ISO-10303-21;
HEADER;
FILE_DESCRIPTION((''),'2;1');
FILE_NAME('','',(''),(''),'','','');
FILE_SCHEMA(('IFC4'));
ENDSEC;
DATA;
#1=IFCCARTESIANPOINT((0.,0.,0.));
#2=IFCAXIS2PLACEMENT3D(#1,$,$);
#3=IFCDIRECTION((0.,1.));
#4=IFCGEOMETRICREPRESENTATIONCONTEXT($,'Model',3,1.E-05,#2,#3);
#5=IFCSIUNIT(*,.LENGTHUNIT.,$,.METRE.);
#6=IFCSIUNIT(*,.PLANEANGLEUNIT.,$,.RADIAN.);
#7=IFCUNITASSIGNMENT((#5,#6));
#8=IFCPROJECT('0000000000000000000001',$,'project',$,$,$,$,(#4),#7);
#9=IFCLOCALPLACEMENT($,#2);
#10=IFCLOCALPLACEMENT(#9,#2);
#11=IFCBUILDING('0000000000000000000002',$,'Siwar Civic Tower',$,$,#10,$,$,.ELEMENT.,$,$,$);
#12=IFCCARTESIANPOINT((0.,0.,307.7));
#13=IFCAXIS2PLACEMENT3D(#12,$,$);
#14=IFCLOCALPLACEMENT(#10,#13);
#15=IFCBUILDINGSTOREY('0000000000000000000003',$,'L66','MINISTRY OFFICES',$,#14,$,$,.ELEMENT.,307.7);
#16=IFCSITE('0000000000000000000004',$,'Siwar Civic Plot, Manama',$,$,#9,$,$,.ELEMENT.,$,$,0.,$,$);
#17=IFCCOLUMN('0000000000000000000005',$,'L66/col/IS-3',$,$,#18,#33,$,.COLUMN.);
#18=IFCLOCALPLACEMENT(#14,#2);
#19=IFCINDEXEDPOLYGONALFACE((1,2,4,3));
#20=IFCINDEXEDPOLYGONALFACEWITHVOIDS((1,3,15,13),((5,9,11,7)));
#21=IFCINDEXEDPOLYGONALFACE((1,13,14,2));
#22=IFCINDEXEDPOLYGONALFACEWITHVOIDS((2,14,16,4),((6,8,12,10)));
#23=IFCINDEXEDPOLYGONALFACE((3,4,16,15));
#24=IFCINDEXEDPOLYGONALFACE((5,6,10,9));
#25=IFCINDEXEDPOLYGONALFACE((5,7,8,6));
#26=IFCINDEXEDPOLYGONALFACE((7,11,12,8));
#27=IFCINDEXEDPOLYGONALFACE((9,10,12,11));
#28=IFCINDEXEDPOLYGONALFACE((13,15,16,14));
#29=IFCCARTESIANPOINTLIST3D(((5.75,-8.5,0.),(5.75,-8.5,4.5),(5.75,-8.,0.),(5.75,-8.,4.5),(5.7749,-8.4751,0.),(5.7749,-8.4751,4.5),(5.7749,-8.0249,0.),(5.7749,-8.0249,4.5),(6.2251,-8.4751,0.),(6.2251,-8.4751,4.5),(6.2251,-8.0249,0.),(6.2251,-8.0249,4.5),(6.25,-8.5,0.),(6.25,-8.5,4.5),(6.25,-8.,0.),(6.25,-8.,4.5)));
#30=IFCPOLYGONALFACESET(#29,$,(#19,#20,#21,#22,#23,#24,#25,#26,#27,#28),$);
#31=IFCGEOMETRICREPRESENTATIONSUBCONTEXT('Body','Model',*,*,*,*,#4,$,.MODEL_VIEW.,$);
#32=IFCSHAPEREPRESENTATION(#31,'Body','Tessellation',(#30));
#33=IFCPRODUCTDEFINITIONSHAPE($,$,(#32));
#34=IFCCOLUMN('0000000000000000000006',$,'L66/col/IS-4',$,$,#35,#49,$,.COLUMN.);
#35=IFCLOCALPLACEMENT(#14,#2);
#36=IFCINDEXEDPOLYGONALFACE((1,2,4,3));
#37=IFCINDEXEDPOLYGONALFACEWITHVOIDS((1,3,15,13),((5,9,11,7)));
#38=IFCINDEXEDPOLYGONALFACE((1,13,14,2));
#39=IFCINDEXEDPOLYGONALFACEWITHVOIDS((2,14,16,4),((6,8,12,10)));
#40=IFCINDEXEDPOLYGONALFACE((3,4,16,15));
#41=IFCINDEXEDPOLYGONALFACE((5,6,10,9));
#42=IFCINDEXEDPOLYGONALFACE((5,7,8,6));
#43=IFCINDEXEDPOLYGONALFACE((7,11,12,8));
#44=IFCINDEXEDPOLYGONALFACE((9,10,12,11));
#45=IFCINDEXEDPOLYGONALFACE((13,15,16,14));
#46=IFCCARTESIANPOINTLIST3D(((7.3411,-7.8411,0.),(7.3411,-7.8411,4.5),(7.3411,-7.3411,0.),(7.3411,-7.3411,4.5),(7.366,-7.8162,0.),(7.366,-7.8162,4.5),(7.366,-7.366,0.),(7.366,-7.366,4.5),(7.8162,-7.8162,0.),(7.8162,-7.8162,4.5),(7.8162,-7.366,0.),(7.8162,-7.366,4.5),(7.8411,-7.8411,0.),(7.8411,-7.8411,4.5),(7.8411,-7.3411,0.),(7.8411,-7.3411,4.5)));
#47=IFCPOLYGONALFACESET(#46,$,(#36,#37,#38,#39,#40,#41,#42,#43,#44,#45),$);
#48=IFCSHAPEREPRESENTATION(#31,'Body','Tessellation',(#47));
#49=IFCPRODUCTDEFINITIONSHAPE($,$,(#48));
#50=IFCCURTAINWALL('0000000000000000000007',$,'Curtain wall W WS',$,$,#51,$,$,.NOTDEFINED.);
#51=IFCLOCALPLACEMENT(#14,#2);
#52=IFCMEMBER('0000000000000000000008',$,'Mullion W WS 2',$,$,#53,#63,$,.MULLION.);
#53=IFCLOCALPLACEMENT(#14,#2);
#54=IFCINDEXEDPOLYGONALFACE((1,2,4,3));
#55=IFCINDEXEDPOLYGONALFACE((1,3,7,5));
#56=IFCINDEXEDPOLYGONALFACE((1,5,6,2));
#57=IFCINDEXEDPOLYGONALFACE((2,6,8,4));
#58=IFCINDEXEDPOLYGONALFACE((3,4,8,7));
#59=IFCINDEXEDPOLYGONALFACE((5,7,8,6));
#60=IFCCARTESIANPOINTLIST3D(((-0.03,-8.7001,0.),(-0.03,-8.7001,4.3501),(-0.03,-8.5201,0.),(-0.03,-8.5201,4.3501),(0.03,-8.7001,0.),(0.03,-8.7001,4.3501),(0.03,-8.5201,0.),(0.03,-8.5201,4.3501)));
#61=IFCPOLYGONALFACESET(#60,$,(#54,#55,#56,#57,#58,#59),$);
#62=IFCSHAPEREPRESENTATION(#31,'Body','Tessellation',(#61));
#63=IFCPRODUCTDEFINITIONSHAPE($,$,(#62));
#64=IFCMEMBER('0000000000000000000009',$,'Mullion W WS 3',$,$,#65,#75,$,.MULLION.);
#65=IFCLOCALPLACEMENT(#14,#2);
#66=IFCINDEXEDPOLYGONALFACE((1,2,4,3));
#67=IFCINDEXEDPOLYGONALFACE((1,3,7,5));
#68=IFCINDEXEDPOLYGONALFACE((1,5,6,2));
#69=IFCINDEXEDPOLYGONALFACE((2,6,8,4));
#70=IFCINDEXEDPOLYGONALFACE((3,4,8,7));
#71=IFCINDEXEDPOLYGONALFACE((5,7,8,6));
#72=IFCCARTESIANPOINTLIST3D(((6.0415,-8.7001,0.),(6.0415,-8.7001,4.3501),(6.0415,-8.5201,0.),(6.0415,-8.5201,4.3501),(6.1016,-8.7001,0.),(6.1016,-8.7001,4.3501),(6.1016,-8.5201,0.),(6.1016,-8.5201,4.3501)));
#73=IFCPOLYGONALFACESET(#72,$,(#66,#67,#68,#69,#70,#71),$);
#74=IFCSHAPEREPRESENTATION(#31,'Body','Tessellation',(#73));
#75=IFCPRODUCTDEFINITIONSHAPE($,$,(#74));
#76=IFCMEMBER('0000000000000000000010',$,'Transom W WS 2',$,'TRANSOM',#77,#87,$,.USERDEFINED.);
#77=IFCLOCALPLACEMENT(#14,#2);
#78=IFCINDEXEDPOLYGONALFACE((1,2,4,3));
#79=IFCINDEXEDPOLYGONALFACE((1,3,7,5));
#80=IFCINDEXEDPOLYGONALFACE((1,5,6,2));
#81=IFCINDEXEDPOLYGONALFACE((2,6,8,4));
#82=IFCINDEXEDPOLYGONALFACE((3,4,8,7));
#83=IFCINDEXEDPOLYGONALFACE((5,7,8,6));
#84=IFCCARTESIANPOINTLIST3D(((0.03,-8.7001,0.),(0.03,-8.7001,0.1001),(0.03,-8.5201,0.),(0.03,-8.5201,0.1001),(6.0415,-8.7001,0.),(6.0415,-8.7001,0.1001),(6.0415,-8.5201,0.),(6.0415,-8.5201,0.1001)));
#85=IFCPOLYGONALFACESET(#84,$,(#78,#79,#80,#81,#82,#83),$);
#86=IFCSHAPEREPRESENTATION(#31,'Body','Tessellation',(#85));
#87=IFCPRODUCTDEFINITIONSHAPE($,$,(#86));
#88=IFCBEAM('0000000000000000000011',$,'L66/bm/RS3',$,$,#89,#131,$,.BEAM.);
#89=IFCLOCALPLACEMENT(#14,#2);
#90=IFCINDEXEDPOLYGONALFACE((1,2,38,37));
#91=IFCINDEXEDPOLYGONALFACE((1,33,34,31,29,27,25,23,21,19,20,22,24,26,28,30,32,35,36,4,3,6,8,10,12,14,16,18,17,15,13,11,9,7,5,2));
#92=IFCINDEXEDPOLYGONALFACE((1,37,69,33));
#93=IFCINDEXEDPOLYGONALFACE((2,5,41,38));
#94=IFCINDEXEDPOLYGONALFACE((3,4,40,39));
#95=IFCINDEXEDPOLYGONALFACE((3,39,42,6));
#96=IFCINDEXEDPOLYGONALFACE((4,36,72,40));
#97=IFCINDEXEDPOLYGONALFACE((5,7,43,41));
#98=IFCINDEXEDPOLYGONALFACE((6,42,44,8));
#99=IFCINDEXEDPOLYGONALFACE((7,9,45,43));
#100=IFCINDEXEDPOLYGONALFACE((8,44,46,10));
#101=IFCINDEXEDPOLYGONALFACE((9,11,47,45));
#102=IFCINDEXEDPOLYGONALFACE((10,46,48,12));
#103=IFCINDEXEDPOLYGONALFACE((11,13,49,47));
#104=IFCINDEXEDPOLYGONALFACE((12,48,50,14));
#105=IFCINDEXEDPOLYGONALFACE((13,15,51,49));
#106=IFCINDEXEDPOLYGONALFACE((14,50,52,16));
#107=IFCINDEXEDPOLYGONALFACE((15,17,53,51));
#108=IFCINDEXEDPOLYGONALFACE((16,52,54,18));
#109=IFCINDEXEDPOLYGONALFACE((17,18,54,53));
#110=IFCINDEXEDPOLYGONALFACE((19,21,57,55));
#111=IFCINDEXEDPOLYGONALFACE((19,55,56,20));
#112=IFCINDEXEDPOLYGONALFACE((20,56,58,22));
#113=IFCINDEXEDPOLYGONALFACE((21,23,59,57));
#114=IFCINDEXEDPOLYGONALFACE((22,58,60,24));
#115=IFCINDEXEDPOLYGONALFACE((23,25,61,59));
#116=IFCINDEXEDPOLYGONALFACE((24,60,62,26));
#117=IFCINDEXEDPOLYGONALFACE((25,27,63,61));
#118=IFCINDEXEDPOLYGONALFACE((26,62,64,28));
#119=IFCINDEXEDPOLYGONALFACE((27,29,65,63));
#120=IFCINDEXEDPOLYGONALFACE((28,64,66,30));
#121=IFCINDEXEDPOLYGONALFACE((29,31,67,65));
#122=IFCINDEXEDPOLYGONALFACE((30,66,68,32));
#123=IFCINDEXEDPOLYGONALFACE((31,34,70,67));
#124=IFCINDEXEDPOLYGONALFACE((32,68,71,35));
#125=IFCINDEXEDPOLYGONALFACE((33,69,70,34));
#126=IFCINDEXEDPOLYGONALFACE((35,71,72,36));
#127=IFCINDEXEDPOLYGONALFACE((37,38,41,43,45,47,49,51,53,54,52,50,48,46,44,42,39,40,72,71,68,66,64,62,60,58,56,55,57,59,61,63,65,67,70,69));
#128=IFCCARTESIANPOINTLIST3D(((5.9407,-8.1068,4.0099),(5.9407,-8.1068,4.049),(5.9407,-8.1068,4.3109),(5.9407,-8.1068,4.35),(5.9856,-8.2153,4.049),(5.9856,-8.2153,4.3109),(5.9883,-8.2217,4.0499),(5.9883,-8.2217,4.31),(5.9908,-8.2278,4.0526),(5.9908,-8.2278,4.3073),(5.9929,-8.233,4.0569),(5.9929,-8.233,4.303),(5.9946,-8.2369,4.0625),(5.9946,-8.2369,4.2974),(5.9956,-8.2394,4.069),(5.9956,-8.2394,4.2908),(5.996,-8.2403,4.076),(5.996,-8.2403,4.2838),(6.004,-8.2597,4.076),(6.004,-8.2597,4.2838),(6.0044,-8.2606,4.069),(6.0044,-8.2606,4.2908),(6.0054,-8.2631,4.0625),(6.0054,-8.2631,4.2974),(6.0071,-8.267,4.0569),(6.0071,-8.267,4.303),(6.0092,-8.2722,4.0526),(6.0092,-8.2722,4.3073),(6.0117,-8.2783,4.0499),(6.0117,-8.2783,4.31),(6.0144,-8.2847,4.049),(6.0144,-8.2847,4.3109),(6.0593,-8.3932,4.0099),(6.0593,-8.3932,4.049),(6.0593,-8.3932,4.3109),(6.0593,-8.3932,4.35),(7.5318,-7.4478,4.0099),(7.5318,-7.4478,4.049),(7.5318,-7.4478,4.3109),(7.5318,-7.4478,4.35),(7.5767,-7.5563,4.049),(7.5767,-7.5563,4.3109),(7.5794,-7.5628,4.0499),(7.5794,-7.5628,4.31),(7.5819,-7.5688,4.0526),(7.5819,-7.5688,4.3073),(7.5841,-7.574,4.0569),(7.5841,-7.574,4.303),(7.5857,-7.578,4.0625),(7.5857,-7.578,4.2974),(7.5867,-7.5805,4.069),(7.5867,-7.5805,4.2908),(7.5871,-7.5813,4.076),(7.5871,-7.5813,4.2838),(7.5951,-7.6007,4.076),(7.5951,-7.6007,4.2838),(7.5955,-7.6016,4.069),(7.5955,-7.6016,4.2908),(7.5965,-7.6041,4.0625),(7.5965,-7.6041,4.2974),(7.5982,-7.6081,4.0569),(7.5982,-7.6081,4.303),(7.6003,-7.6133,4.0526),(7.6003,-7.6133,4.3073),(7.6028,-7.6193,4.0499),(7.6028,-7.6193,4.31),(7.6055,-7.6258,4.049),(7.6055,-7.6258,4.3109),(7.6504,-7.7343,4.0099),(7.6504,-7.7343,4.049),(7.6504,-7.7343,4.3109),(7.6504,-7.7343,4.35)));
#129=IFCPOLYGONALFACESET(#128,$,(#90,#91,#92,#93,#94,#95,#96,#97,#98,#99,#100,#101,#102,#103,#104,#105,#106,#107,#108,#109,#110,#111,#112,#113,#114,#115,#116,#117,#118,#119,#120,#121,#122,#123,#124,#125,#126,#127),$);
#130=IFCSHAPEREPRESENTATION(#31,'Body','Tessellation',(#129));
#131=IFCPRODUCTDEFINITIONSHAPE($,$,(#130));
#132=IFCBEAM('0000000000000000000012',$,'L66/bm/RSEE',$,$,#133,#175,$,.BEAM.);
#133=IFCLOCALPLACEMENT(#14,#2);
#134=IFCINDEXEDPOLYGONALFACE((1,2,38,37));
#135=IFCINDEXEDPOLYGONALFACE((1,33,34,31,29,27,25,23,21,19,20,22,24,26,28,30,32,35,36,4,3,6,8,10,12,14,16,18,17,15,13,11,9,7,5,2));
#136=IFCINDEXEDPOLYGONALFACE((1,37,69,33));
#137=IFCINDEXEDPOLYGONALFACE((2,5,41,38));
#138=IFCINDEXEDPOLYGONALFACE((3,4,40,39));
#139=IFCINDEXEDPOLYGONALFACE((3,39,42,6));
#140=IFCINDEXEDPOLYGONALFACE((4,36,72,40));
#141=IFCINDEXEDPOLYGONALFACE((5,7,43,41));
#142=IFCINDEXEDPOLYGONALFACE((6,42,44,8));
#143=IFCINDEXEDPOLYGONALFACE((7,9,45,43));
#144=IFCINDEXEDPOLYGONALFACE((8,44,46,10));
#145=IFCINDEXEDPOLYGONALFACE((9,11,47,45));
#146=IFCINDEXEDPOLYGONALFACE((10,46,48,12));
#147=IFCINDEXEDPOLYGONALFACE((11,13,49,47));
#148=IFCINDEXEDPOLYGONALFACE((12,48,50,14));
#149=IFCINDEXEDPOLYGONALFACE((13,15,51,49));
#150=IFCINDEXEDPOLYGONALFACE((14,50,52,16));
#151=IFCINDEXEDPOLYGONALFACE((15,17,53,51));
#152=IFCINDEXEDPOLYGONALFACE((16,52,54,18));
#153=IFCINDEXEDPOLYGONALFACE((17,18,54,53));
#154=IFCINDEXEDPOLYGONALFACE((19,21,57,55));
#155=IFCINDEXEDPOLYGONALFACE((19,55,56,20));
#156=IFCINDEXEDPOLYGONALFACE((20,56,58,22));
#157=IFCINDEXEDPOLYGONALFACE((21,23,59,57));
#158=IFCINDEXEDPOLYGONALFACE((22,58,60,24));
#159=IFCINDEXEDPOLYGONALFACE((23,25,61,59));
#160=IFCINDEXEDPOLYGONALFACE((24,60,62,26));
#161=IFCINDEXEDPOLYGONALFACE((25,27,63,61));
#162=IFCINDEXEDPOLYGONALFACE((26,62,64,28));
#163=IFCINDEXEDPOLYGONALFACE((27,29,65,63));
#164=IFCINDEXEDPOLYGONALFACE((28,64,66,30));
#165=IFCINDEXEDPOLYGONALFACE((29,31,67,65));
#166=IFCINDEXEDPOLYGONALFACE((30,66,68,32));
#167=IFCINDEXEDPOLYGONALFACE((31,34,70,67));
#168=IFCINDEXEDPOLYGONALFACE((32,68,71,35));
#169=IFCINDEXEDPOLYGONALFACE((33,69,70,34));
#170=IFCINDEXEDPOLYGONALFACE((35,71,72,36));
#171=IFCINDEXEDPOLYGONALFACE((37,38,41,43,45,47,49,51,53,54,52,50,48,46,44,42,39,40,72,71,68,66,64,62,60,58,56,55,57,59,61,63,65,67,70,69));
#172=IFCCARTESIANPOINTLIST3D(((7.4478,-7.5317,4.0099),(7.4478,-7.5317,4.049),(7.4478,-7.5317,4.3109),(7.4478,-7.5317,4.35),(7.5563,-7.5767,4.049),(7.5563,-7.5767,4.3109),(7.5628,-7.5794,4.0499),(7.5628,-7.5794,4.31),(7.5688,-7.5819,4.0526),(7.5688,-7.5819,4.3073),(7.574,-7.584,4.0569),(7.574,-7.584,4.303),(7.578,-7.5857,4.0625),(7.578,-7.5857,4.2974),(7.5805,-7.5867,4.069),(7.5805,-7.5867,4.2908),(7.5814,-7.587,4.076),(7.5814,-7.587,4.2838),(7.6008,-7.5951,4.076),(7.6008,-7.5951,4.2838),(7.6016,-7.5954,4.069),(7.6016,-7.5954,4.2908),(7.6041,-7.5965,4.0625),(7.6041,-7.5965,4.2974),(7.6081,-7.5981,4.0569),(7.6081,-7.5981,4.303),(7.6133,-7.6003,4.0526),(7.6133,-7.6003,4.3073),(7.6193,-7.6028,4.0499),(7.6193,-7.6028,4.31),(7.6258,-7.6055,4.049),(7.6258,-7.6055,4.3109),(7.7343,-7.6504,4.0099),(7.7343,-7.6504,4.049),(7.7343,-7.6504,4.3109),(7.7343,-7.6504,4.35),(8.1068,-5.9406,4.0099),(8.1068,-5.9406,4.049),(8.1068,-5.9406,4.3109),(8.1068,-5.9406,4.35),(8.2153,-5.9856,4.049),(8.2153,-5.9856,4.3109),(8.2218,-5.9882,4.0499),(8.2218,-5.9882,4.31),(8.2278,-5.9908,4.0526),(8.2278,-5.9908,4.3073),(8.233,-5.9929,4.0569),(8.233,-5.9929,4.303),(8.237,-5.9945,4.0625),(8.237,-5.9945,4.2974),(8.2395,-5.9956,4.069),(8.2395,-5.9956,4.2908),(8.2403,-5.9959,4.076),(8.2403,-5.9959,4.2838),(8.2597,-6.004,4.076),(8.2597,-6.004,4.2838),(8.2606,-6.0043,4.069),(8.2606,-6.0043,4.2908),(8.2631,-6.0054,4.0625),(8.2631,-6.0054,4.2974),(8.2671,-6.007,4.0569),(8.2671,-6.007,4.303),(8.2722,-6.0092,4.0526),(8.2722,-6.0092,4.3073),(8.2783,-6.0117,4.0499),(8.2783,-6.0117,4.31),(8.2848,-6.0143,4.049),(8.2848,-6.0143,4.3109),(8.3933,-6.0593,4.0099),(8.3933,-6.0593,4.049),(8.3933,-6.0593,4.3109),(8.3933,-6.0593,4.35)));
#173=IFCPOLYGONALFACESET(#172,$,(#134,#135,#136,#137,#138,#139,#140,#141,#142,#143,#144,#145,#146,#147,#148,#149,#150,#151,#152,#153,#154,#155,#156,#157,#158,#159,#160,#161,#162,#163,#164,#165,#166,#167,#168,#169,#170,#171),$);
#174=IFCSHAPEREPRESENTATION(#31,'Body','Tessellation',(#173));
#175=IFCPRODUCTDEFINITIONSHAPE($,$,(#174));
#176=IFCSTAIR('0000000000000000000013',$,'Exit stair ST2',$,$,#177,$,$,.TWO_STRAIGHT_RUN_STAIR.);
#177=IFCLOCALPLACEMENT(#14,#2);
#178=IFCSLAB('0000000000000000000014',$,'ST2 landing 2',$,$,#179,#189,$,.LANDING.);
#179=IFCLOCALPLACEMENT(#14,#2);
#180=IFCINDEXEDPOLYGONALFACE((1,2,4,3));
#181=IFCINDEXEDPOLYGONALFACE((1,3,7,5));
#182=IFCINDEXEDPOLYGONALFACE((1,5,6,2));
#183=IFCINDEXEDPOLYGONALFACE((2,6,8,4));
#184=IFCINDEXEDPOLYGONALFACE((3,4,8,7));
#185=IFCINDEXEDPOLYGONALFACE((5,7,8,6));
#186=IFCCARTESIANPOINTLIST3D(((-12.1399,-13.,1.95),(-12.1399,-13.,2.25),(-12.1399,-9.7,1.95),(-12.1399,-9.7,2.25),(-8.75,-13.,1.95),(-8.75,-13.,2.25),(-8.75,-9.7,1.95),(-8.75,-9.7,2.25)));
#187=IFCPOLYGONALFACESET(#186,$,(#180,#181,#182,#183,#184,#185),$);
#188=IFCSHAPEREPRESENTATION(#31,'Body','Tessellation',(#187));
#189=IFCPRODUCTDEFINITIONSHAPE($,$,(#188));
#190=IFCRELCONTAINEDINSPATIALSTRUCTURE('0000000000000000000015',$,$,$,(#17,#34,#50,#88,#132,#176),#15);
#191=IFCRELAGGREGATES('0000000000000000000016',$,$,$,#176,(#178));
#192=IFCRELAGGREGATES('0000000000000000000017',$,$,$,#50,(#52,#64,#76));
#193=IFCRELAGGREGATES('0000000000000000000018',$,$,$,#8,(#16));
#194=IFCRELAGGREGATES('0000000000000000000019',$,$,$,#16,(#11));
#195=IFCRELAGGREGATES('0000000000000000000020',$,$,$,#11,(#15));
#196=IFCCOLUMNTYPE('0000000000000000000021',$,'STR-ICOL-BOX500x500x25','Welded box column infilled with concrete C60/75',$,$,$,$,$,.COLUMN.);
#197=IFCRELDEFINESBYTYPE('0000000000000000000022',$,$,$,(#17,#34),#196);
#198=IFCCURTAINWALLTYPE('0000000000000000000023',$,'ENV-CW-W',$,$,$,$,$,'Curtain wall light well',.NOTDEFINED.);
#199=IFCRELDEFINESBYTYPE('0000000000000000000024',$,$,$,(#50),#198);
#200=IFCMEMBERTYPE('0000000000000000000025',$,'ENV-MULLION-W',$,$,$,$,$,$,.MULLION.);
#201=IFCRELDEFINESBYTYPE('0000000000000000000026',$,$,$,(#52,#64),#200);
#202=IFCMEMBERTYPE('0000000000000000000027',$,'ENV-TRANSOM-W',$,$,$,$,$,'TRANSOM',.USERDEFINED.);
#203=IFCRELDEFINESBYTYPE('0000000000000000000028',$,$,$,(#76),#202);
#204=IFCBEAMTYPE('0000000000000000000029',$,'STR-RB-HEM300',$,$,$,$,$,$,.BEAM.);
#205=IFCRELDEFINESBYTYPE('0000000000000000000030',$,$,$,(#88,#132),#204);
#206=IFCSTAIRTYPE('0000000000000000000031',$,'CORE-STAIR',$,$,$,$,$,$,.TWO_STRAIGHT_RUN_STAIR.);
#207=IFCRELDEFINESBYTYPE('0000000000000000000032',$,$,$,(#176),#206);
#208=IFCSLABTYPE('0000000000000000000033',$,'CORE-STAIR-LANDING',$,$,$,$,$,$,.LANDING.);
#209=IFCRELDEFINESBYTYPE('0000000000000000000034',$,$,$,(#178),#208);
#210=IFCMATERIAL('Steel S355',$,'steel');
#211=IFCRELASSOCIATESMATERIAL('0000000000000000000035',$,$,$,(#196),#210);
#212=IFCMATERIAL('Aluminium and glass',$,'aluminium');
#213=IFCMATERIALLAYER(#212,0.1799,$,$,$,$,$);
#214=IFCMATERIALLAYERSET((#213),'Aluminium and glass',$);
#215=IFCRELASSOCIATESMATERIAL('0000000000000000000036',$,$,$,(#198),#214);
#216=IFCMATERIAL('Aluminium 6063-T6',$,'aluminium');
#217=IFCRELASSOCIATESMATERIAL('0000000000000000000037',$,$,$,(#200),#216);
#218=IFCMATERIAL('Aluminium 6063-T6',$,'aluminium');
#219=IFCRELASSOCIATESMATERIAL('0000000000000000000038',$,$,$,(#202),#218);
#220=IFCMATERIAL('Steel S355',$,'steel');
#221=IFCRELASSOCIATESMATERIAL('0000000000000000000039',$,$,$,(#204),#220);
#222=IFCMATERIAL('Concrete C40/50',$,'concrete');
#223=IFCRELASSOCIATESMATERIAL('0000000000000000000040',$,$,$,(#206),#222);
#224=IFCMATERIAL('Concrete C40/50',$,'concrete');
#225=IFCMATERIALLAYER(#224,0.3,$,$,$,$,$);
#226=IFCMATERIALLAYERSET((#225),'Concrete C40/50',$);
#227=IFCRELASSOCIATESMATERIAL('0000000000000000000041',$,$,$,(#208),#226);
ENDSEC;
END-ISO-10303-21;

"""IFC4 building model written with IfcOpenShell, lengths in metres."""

from ifc_helpers import new_model, si_unit, direction, frame, origin, origin_2d, place, context, subcontext, project, spatial, polyline, rectangle, hollow_rectangle, i_section, outline, extrude, material, layer, layer_set, material_profile, profile_set, type_object, element, aggregate, save


model = new_model("IFC4")

# Units and contexts
model_context = context("Model", 3, precision=1e-05, world=origin(), true_north=direction((0.0, 1.0)))
body_context = subcontext(model_context, "Body", "Model", "MODEL_VIEW")
ifc_project = project(units=[si_unit("LENGTHUNIT", "METRE"), si_unit("PLANEANGLEUNIT", "RADIAN")], contexts=[model_context])

# Site, building, storey
site_placement = place(None, origin())
site = spatial("IfcSite", under=ifc_project, at=site_placement, Name="Siwar Civic Plot, Manama", CompositionType="ELEMENT", RefElevation=0.0)
building_placement = place(site_placement, origin())
building = spatial("IfcBuilding", under=site, at=building_placement, Name="Siwar Civic Tower", CompositionType="ELEMENT")
storey_placement = place(building_placement, frame((0.0, 0.0, 307.7)))
storey = spatial("IfcBuildingStorey", under=building, at=storey_placement, Name="L66", Description="MINISTRY OFFICES", CompositionType="ELEMENT", Elevation=307.7)

# Columns
ifc_material_1 = material(Name="Steel S355", Category="steel")
ifc_material_profile_1 = material_profile(ifc_material_1, hollow_rectangle(XDim=0.5, YDim=0.5, WallThickness=0.0249, at=origin_2d()), Name="BOX500x500x25")
ifc_profile_set_1 = profile_set([ifc_material_profile_1], Name="Steel S355")
column_type = type_object("IfcColumnType", Name="STR-ICOL-BOX500x500x25", Description="Welded box column infilled with concrete C60/75", PredefinedType="COLUMN", material=ifc_profile_set_1)
for number, where, z_axis, x_axis, name in (
    (1, (6.0, -8.25, 0.0), (0.0, 0.0, 1.0), (1.0, 0.0, 0.0), "L66/col/IS-3"),
    (2, (7.5911, -7.5911, 0.0), (0.0, 0.0, 1.0), (1.0, 0.0, 0.0), "L66/col/IS-4"),
):
    element("IfcColumn", number, at=place(storey_placement, frame(where, z_axis=z_axis, x_axis=x_axis)), inside=storey, type_object=column_type, Name=name, PredefinedType="COLUMN", context=body_context, shape_type="SweptSolid", body=[
        extrude(hollow_rectangle(XDim=0.5, YDim=0.5, WallThickness=0.0249, at=origin_2d()), origin(), (0.0, 0.0, 1.0), 4.5),
    ])

# Curtain wall, members
ifc_material_2 = material(Name="Aluminium and glass", Category="aluminium")
ifc_layer_1 = layer(ifc_material_2, 0.1799)
ifc_layer_set_1 = layer_set([ifc_layer_1], Name="Aluminium and glass")
curtain_wall_type = type_object("IfcCurtainWallType", Name="ENV-CW-W", ElementType="Curtain wall light well", PredefinedType="NOTDEFINED", material=ifc_layer_set_1)
curtain_wall_placement = place(storey_placement, origin())
curtain_wall = element("IfcCurtainWall", 3, at=curtain_wall_placement, inside=storey, type_object=curtain_wall_type, Name="Curtain wall W WS", PredefinedType="NOTDEFINED")
ifc_material_3 = material(Name="Aluminium 6063-T6", Category="aluminium")
ifc_material_profile_2 = material_profile(ifc_material_3, rectangle(XDim=0.1799, YDim=0.0601, at=origin_2d()), Name="AL 180x60")
ifc_profile_set_2 = profile_set([ifc_material_profile_2], Name="Aluminium 6063-T6")
member_type_1 = type_object("IfcMemberType", Name="ENV-MULLION-W", PredefinedType="MULLION", material=ifc_profile_set_2)
member_1_placement = place(storey_placement, frame((0.0, -8.6101, 0.0), z_axis=(0.0, 0.0, 1.0), x_axis=(0.0, 1.0, 0.0)))
member_1 = element("IfcMember", 4, at=member_1_placement, type_object=member_type_1, Name="Mullion W WS 2", PredefinedType="MULLION", context=body_context, shape_type="SweptSolid", body=[
    extrude(rectangle(XDim=0.1799, YDim=0.0601, at=origin_2d()), origin(), (0.0, 0.0, 1.0), 4.3501),
])
member_2_placement = place(storey_placement, frame((6.0715, -8.6101, 0.0), z_axis=(0.0, 0.0, 1.0), x_axis=(0.0, 1.0, 0.0)))
member_2 = element("IfcMember", 5, at=member_2_placement, type_object=member_type_1, Name="Mullion W WS 3", PredefinedType="MULLION", context=body_context, shape_type="SweptSolid", body=[
    extrude(rectangle(XDim=0.1799, YDim=0.0601, at=origin_2d()), origin(), (0.0, 0.0, 1.0), 4.3501),
])
ifc_material_4 = material(Name="Aluminium 6063-T6", Category="aluminium")
ifc_material_profile_3 = material_profile(ifc_material_4, rectangle(XDim=0.1799, YDim=0.1001, at=origin_2d()), Name="AL 180x100")
ifc_profile_set_3 = profile_set([ifc_material_profile_3], Name="Aluminium 6063-T6")
member_type_2 = type_object("IfcMemberType", Name="ENV-TRANSOM-W", ElementType="TRANSOM", PredefinedType="USERDEFINED", material=ifc_profile_set_3)
member_3_placement = place(storey_placement, frame((0.03, -8.6101, 0.05), z_axis=(1.0, 0.0, 0.0), x_axis=(0.0, 1.0, 0.0)))
member_3 = element("IfcMember", 6, at=member_3_placement, type_object=member_type_2, Name="Transom W WS 2", ObjectType="TRANSOM", PredefinedType="USERDEFINED", context=body_context, shape_type="SweptSolid", body=[
    extrude(rectangle(XDim=0.1799, YDim=0.1001, at=origin_2d()), origin(), (0.0, 0.0, 1.0), 6.0115),
])

# Beams
ifc_material_5 = material(Name="Steel S355", Category="steel")
ifc_material_profile_4 = material_profile(ifc_material_5, i_section(OverallWidth=0.3101, OverallDepth=0.3401, WebThickness=0.021, FlangeThickness=0.0391, FilletRadius=0.0271, at=origin_2d()), Name="HEM300")
ifc_profile_set_4 = profile_set([ifc_material_profile_4], Name="Steel S355")
beam_type = type_object("IfcBeamType", Name="STR-RB-HEM300", PredefinedType="BEAM", material=ifc_profile_set_4)
for number, where, z_axis, x_axis, name in (
    (7, (6.0, -8.25, 4.1799), (0.923901, 0.382631, 0.0), (-0.382631, 0.923901, 0.0), "L66/bm/RS3"),
    (8, (7.5911, -7.5911, 4.1799), (0.382631, 0.923901, 0.0), (-0.923901, 0.382631, 0.0), "L66/bm/RSEE"),
):
    element("IfcBeam", number, at=place(storey_placement, frame(where, z_axis=z_axis, x_axis=x_axis)), inside=storey, type_object=beam_type, Name=name, PredefinedType="BEAM", context=body_context, shape_type="SweptSolid", body=[
        extrude(i_section(OverallWidth=0.3101, OverallDepth=0.3401, WebThickness=0.021, FlangeThickness=0.0391, FilletRadius=0.0271, at=origin_2d()), origin(), (0.0, 0.0, 1.0), 1.7222),
    ])

# Stair, slab
ifc_material_6 = material(Name="Concrete C40/50", Category="concrete")
stair_type = type_object("IfcStairType", Name="CORE-STAIR", PredefinedType="TWO_STRAIGHT_RUN_STAIR", material=ifc_material_6)
stair_1_placement = place(storey_placement, origin())
stair_1 = element("IfcStair", 9, at=stair_1_placement, inside=storey, type_object=stair_type, Name="Exit stair ST2", PredefinedType="TWO_STRAIGHT_RUN_STAIR")
ifc_material_7 = material(Name="Concrete C40/50", Category="concrete")
ifc_layer_2 = layer(ifc_material_7, 0.3)
ifc_layer_set_2 = layer_set([ifc_layer_2], Name="Concrete C40/50")
slab_type_1 = type_object("IfcSlabType", Name="CORE-STAIR-LANDING", PredefinedType="LANDING", material=ifc_layer_set_2)
slab_1_placement = place(storey_placement, frame((0.0, 0.0, 1.95)))
slab_1 = element("IfcSlab", 10, at=slab_1_placement, type_object=slab_type_1, Name="ST2 landing 2", PredefinedType="LANDING", context=body_context, shape_type="SweptSolid", body=[
    extrude(outline(polyline([(-8.75, -9.7), (-12.1399, -9.7), (-12.1399, -13.0), (-8.75, -13.0), (-8.75, -9.7)])), origin(), (0.0, 0.0, 1.0), 0.3),
])
aggregate(stair_1, [slab_1])

aggregate(curtain_wall, [member_1, member_2, member_3])

save(model, "model.ifc")
